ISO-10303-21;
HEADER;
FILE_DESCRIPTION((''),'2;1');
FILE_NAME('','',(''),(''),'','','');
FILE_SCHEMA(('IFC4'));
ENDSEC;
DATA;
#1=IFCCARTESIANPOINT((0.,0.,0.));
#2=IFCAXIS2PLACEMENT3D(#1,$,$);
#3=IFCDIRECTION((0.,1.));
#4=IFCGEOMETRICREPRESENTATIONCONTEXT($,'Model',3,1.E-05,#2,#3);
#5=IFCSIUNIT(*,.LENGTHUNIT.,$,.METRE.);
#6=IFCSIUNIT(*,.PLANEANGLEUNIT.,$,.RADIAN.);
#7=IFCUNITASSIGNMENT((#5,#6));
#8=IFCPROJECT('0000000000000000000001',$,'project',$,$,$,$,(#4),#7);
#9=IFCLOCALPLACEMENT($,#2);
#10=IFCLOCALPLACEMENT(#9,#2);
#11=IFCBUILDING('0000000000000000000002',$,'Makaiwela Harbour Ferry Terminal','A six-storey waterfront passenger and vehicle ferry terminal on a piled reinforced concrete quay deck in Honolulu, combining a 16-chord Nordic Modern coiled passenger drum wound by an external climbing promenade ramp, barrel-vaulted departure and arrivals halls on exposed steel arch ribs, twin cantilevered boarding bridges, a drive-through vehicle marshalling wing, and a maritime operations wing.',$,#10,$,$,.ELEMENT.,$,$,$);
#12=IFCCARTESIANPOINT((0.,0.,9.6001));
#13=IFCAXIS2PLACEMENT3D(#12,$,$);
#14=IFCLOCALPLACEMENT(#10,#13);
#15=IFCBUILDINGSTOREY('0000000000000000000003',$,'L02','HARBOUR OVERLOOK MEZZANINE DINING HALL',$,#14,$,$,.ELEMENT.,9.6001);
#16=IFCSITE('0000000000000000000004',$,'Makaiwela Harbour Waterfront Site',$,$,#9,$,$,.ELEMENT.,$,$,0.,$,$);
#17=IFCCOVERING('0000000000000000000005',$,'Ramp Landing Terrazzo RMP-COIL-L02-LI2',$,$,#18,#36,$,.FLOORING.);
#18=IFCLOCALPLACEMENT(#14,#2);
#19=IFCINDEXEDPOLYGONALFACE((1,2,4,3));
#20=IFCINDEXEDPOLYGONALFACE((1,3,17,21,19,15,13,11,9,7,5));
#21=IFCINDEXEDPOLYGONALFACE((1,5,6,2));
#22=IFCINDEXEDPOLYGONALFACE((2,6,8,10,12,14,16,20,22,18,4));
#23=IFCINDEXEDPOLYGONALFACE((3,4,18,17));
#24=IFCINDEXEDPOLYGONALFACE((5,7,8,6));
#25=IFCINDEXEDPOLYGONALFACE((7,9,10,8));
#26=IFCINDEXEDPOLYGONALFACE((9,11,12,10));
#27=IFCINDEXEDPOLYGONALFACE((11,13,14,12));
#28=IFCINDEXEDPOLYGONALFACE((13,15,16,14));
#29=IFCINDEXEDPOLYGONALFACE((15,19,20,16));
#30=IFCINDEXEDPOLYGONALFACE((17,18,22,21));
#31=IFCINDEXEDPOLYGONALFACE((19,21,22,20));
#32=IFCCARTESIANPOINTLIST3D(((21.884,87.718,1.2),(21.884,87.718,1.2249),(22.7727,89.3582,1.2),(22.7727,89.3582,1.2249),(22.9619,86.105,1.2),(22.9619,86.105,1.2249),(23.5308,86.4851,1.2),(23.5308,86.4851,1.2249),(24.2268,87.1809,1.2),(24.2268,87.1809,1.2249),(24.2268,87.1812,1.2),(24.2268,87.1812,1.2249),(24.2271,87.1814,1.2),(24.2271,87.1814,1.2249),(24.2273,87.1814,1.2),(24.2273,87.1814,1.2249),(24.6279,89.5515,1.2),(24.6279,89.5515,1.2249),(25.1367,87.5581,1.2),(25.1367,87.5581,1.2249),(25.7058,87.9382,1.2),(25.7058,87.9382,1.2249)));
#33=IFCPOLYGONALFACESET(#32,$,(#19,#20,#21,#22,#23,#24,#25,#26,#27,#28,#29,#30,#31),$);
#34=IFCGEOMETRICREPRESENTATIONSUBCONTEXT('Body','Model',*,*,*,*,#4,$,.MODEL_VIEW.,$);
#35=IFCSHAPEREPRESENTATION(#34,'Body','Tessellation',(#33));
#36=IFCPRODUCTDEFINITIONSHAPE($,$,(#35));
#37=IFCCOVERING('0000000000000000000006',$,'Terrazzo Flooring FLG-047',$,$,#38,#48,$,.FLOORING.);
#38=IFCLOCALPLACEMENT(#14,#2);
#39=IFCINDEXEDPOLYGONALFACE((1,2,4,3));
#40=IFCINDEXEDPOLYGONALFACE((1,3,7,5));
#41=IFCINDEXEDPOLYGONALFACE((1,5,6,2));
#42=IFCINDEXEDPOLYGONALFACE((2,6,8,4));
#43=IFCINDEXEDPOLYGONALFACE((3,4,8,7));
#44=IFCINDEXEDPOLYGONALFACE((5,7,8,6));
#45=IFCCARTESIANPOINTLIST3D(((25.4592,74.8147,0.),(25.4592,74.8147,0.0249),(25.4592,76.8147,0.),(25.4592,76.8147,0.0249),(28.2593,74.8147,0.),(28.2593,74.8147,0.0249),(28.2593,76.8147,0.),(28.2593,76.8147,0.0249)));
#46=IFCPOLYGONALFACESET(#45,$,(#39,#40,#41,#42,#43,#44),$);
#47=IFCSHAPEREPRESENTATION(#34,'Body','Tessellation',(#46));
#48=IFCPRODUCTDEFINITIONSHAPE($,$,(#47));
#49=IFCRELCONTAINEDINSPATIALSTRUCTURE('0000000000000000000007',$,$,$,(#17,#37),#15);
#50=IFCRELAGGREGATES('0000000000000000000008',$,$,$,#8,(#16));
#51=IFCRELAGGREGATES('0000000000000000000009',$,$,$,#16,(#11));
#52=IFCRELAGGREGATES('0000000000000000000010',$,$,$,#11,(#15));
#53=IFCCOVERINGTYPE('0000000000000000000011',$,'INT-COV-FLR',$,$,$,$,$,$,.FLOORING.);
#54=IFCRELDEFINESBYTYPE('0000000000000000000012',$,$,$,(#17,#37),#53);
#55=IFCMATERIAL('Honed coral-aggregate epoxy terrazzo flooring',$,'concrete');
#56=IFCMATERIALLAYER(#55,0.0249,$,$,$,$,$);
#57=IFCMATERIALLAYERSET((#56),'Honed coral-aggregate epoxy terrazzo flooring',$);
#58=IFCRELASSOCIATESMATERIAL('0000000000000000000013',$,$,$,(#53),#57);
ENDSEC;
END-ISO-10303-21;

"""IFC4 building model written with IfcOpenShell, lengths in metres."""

from ifc_helpers import new_model, si_unit, direction, frame, origin, place, context, subcontext, project, spatial, polyline, outline, extrude, material, layer, layer_set, type_object, element, save


model = new_model("IFC4")

# Units and contexts
model_context = context("Model", 3, precision=1e-05, world=origin(), true_north=direction((0.0, 1.0)))
body_context = subcontext(model_context, "Body", "Model", "MODEL_VIEW")
ifc_project = project(units=[si_unit("LENGTHUNIT", "METRE"), si_unit("PLANEANGLEUNIT", "RADIAN")], contexts=[model_context])

# Site, building, storey
site_placement = place(None, origin())
site = spatial("IfcSite", under=ifc_project, at=site_placement, Name="Makaiwela Harbour Waterfront Site", CompositionType="ELEMENT", RefElevation=0.0)
building_placement = place(site_placement, origin())
building = spatial("IfcBuilding", under=site, at=building_placement, Name="Makaiwela Harbour Ferry Terminal", Description="A six-storey waterfront passenger and vehicle ferry terminal on a piled reinforced concrete quay deck in Honolulu, combining a 16-chord Nordic Modern coiled passenger drum wound by an external climbing promenade ramp, barrel-vaulted departure and arrivals halls on exposed steel arch ribs, twin cantilevered boarding bridges, a drive-through vehicle marshalling wing, and a maritime operations wing.", CompositionType="ELEMENT")
storey_placement = place(building_placement, frame((0.0, 0.0, 9.6001)))
storey = spatial("IfcBuildingStorey", under=building, at=storey_placement, Name="L02", Description="HARBOUR OVERLOOK MEZZANINE DINING HALL", CompositionType="ELEMENT", Elevation=9.6001)

# Coverings
ifc_material_1 = material(Name="Honed coral-aggregate epoxy terrazzo flooring", Category="concrete")
ifc_layer_1 = layer(ifc_material_1, 0.0249)
ifc_layer_set_1 = layer_set([ifc_layer_1], Name="Honed coral-aggregate epoxy terrazzo flooring")
covering_type_1 = type_object("IfcCoveringType", Name="INT-COV-FLR", PredefinedType="FLOORING", material=ifc_layer_set_1)
covering_1_placement = place(storey_placement, frame((0.0, 0.0, 1.2)))
element("IfcCovering", 1, at=covering_1_placement, inside=storey, type_object=covering_type_1, Name="Ramp Landing Terrazzo RMP-COIL-L02-LI2", PredefinedType="FLOORING", context=body_context, shape_type="SweptSolid", body=[
    extrude(outline(polyline([(23.5308, 86.4851), (24.2268, 87.1809), (24.2268, 87.1812), (24.2271, 87.1814), (24.2273, 87.1814), (24.2273, 87.1814), (25.1367, 87.5581), (25.7058, 87.9382), (24.6279, 89.5515), (22.7727, 89.3582), (21.884, 87.718), (22.9619, 86.105), (23.5308, 86.4851)])), origin(), (0.0, 0.0, 1.0), 0.0249),
])
covering_2_placement = place(storey_placement, origin())
element("IfcCovering", 2, at=covering_2_placement, inside=storey, type_object=covering_type_1, Name="Terrazzo Flooring FLG-047", PredefinedType="FLOORING", context=body_context, shape_type="SweptSolid", body=[
    extrude(outline(polyline([(25.4592, 74.8147), (28.2593, 74.8147), (28.2593, 76.8147), (25.4592, 76.8147), (25.4592, 74.8147)])), origin(), (0.0, 0.0, 1.0), 0.0249),
])

save(model, "model.ifc")
